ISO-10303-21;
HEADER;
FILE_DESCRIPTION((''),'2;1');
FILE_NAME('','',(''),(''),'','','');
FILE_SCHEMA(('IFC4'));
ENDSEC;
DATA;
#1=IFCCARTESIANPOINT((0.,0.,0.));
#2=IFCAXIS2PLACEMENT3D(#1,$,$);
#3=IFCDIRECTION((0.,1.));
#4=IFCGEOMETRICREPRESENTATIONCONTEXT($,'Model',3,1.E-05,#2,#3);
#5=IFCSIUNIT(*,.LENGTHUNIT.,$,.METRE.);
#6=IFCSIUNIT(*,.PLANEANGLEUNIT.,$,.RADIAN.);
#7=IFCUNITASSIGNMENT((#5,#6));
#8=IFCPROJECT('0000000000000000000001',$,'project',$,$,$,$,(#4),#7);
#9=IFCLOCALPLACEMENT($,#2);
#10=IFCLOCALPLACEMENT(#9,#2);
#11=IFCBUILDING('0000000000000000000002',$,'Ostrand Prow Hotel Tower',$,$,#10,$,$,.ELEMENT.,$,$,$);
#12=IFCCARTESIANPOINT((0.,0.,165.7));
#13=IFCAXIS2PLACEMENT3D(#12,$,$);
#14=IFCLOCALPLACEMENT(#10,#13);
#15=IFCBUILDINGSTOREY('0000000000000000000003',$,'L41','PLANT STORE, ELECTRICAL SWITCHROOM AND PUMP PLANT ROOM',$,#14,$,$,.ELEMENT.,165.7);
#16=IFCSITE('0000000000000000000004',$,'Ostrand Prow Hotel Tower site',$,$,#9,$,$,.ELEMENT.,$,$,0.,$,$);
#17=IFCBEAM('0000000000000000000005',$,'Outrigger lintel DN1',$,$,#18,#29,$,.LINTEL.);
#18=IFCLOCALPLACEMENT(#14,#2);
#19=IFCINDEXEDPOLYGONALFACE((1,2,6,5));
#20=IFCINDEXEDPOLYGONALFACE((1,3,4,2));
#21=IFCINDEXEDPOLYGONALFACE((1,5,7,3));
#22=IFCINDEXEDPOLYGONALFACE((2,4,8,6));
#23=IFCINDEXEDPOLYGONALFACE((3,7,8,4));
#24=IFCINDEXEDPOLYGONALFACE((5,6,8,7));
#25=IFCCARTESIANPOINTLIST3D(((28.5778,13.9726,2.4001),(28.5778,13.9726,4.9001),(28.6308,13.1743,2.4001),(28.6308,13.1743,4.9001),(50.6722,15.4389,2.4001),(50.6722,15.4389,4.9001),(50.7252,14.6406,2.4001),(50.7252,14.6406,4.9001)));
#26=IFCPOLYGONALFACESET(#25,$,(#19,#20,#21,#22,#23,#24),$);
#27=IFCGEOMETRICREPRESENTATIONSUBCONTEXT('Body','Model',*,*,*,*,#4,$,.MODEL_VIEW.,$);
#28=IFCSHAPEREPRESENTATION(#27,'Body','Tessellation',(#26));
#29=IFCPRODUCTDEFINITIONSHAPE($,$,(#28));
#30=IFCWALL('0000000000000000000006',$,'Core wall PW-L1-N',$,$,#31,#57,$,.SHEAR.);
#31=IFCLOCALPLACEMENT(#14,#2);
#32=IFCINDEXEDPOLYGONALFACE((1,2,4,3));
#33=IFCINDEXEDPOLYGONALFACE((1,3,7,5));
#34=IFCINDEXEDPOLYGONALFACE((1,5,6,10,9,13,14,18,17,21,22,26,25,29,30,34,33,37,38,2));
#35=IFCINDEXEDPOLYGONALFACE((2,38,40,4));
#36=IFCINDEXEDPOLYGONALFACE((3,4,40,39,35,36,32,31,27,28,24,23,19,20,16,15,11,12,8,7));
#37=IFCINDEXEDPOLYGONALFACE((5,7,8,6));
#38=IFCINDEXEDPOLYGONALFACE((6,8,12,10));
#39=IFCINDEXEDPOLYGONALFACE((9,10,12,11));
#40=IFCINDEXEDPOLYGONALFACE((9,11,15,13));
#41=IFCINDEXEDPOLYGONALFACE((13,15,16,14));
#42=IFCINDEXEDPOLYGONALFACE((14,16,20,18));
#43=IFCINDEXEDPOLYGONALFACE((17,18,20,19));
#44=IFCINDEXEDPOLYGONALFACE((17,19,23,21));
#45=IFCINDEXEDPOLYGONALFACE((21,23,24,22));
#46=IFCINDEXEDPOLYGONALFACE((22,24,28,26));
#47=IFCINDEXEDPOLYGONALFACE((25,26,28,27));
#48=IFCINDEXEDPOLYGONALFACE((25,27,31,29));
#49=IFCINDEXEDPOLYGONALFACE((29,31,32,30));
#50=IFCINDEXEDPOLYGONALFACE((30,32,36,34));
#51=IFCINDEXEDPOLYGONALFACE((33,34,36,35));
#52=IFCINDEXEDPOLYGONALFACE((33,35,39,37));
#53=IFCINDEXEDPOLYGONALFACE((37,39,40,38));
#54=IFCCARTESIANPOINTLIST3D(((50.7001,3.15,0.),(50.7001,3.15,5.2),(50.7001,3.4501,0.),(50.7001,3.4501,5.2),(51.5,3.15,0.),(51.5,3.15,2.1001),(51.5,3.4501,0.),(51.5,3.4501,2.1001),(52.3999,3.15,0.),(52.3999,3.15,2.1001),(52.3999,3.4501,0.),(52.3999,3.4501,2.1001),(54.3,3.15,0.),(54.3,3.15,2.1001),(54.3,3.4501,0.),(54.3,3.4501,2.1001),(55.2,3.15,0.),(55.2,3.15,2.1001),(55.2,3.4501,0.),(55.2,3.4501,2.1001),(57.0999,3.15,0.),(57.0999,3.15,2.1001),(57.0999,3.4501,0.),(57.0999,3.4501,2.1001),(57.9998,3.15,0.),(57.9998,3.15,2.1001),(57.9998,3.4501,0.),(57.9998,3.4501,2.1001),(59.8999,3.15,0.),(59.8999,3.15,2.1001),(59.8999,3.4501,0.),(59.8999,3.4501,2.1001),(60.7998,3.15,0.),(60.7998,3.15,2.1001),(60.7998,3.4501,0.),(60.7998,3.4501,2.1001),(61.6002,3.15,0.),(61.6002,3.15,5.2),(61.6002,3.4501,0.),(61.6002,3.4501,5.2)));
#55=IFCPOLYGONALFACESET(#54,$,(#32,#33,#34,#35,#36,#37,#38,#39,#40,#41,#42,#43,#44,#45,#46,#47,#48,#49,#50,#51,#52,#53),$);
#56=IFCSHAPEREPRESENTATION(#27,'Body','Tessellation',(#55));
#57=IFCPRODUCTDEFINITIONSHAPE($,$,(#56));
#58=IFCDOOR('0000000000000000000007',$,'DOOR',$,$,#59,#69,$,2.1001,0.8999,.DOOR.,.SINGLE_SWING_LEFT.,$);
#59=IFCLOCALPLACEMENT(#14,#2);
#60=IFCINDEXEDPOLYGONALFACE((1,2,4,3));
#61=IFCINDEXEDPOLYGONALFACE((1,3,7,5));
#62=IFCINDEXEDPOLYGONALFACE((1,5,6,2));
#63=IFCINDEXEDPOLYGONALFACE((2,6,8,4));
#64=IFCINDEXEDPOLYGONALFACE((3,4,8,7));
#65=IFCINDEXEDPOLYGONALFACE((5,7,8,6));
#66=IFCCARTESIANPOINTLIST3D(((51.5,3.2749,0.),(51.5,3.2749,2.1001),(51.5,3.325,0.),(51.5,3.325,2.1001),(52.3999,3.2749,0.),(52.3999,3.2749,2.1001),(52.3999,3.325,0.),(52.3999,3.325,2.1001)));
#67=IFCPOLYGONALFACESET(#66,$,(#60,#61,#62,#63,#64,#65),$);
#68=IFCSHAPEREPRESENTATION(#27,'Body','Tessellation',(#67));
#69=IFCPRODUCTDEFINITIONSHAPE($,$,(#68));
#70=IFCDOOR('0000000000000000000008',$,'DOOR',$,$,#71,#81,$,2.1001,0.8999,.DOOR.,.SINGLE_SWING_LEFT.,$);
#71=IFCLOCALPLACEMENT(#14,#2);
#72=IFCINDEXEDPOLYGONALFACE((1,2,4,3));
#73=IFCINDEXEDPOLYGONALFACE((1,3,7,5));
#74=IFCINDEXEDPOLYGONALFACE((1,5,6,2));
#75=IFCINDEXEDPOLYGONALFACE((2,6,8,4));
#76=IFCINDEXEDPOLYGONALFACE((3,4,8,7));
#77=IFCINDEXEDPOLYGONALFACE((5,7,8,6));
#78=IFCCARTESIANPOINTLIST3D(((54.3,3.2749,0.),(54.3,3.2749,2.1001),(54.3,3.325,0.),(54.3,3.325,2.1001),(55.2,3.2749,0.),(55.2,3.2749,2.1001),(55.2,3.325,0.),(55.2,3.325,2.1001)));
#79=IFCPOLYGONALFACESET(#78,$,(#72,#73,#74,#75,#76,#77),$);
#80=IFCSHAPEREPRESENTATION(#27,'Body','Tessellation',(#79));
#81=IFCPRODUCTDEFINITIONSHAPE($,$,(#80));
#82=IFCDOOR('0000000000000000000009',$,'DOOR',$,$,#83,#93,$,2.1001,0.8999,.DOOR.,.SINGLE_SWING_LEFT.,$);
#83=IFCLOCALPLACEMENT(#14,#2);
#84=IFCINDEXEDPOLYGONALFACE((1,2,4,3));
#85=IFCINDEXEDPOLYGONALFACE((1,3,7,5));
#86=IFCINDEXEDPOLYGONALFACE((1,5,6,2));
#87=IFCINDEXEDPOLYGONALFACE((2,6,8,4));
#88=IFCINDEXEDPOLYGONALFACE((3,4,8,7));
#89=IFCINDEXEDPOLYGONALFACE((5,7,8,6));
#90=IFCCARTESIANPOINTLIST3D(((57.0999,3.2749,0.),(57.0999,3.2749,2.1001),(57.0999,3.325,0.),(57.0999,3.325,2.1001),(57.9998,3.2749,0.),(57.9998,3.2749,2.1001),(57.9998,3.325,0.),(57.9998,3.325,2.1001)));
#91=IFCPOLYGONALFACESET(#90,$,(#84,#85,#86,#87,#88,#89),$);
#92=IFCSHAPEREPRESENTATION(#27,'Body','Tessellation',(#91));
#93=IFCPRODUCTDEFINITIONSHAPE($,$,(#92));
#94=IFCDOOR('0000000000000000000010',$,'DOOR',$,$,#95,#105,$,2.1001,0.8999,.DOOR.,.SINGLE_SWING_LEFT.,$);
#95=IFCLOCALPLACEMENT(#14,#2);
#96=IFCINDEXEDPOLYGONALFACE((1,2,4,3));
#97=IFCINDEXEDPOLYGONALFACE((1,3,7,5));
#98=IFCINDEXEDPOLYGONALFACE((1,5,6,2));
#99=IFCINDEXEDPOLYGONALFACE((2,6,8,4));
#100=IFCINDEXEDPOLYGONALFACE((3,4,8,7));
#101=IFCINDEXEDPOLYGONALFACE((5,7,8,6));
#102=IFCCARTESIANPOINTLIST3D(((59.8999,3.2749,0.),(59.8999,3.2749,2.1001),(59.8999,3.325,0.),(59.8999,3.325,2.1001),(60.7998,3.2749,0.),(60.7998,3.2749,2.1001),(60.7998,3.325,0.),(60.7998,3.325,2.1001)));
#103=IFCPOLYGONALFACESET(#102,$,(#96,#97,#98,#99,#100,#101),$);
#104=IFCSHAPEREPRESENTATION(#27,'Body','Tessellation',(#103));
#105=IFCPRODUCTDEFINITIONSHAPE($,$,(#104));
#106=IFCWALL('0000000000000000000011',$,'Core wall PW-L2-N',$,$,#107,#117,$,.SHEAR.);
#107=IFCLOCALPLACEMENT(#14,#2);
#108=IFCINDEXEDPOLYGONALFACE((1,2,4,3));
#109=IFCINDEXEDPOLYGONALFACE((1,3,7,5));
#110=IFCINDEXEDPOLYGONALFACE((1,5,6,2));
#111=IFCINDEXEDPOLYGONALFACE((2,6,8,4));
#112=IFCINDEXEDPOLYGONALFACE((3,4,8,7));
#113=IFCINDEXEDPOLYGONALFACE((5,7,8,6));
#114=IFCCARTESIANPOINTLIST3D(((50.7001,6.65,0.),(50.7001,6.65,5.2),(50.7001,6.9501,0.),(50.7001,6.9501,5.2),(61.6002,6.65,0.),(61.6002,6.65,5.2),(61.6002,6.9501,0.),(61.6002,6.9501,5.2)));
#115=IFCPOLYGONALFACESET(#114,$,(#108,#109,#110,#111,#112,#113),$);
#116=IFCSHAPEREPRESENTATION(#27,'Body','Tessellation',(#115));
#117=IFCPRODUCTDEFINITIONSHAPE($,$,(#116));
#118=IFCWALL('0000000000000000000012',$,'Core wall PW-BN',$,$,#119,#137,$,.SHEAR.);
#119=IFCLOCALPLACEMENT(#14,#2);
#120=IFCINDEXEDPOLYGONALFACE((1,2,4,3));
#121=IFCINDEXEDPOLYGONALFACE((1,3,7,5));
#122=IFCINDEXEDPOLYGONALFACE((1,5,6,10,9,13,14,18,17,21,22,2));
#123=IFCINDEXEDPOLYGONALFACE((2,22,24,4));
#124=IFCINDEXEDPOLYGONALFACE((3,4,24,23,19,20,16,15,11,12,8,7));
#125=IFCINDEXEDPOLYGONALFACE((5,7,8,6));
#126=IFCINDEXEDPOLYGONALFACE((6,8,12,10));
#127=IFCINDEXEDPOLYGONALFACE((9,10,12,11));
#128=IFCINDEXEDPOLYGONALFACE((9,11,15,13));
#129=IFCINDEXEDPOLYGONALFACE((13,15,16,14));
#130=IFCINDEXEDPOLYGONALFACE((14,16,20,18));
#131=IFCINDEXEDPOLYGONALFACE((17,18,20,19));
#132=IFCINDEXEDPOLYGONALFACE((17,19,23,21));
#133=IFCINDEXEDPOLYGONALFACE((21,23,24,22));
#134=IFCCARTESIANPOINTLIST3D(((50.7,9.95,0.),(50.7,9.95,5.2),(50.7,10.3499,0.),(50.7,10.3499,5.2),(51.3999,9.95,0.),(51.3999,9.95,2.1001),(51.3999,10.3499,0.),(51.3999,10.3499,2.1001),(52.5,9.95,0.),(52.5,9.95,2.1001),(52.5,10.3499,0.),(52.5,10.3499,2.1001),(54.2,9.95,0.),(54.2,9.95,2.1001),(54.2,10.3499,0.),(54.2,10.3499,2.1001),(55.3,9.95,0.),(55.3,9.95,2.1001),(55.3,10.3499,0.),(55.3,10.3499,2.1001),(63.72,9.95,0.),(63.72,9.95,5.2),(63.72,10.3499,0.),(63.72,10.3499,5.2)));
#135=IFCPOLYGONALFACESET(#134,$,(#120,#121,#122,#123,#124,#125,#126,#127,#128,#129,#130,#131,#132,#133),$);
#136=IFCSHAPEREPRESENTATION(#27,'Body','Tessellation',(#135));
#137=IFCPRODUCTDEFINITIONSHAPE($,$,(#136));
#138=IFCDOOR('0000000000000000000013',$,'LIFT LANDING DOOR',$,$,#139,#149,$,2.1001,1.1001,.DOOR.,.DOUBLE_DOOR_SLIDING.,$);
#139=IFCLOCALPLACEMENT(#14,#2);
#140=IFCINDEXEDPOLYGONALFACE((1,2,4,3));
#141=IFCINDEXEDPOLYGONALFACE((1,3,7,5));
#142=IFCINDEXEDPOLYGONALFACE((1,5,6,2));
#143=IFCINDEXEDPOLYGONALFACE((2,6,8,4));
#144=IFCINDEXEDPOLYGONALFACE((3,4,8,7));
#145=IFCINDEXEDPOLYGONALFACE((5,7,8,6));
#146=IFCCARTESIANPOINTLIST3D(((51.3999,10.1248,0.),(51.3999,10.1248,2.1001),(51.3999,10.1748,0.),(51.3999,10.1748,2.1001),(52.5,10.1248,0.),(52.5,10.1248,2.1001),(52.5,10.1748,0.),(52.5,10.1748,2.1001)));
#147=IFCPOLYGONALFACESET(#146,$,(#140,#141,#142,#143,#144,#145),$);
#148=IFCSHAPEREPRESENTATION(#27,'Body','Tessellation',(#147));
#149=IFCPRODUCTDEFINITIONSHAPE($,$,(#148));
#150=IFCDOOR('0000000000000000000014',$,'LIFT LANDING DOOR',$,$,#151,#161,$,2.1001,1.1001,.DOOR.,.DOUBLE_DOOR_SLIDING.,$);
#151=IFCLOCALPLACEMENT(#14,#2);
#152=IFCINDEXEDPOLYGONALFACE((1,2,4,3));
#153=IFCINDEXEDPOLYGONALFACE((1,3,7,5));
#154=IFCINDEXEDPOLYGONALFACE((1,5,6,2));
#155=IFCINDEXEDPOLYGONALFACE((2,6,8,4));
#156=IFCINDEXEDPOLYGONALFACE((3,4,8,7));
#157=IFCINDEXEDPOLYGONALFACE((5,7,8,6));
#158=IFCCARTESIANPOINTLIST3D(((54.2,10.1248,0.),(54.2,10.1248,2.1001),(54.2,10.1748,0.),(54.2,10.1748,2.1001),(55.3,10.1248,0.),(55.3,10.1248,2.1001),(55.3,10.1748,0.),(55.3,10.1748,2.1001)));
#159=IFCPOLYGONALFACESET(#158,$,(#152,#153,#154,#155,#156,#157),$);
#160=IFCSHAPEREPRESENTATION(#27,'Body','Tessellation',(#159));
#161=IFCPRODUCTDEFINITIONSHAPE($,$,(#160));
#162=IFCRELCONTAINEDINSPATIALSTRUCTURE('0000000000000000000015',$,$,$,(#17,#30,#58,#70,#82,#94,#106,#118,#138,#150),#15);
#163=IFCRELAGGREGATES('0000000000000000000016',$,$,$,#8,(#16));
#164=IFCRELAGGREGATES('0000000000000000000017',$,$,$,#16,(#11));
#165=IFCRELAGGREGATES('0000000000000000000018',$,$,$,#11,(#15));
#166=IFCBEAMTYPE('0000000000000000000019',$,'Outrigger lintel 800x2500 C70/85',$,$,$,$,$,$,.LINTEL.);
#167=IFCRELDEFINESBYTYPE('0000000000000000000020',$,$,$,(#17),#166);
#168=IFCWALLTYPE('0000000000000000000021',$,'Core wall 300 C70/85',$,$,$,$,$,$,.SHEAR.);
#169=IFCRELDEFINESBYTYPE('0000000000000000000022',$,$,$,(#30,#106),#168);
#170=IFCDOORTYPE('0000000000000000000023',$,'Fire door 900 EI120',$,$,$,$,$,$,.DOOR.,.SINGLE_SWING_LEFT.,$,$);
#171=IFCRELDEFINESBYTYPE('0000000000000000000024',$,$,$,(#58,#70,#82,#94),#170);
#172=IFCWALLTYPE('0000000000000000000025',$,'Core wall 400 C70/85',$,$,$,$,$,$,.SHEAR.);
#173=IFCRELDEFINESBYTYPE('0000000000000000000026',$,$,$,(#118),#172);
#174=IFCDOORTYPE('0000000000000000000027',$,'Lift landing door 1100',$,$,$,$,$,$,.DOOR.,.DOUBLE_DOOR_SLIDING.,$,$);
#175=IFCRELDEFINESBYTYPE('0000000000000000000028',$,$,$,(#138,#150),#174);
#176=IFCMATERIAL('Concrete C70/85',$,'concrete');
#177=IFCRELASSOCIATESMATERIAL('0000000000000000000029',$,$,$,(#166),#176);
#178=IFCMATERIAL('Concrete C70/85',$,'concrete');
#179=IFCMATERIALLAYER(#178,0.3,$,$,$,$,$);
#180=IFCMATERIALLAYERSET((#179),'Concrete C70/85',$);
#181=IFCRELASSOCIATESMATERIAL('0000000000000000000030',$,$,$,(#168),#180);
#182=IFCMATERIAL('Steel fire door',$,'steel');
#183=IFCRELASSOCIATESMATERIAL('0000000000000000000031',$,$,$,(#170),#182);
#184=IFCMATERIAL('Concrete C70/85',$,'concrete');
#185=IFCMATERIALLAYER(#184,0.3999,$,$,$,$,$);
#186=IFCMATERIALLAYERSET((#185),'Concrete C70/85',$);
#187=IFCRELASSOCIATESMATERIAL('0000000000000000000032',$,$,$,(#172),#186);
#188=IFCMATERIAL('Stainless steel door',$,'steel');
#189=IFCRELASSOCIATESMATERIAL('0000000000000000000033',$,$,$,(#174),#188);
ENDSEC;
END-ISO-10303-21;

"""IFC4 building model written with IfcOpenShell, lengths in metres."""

from ifc_helpers import new_model, si_unit, direction, frame, frame_2d, origin, origin_2d, place, context, subcontext, project, spatial, rectangle, extrude, material, layer, layer_set, material_profile, profile_set, type_object, element, fill, save


model = new_model("IFC4")

# Units and contexts
model_context = context("Model", 3, precision=1e-05, world=origin(), true_north=direction((0.0, 1.0)))
body_context = subcontext(model_context, "Body", "Model", "MODEL_VIEW")
ifc_project = project(units=[si_unit("LENGTHUNIT", "METRE"), si_unit("PLANEANGLEUNIT", "RADIAN")], contexts=[model_context])

# Site, building, storey
site_placement = place(None, origin())
site = spatial("IfcSite", under=ifc_project, at=site_placement, Name="Ostrand Prow Hotel Tower site", CompositionType="ELEMENT", RefElevation=0.0)
building_placement = place(site_placement, origin())
building = spatial("IfcBuilding", under=site, at=building_placement, Name="Ostrand Prow Hotel Tower", CompositionType="ELEMENT")
storey_placement = place(building_placement, frame((0.0, 0.0, 165.7)))
storey = spatial("IfcBuildingStorey", under=building, at=storey_placement, Name="L41", Description="PLANT STORE, ELECTRICAL SWITCHROOM AND PUMP PLANT ROOM", CompositionType="ELEMENT", Elevation=165.7)

# Beam
ifc_material_1 = material(Name="Concrete C70/85", Category="concrete")
ifc_material_profile = material_profile(ifc_material_1, rectangle(XDim=0.8, YDim=2.5, at=origin_2d()), Name="RC 800x2500")
ifc_profile_set = profile_set([ifc_material_profile], Name="Concrete C70/85")
beam_type = type_object("IfcBeamType", Name="Outrigger lintel 800x2500 C70/85", PredefinedType="LINTEL", material=ifc_profile_set)
beam_placement = place(storey_placement, frame((50.6987, 15.0398, 3.6501), z_axis=(-0.997805, -0.06622, 0.0), x_axis=(0.06622, -0.997805, 0.0)))
element("IfcBeam", 1, at=beam_placement, inside=storey, type_object=beam_type, Name="Outrigger lintel DN1", PredefinedType="LINTEL", context=body_context, shape_type="SweptSolid", body=[
    extrude(rectangle(XDim=0.8, YDim=2.5, at=origin_2d()), origin(), (0.0, 0.0, 1.0), 22.1431),
])

# Wall, openings, doors
ifc_material_2 = material(Name="Concrete C70/85", Category="concrete")
ifc_layer_1 = layer(ifc_material_2, 0.3)
ifc_layer_set_1 = layer_set([ifc_layer_1], Name="Concrete C70/85")
wall_type_1 = type_object("IfcWallType", Name="Core wall 300 C70/85", PredefinedType="SHEAR", material=ifc_layer_set_1)
wall_1_placement = place(storey_placement, frame((50.7, 3.3, 0.0), z_axis=(0.0, 0.0, 1.0), x_axis=(1.0, 0.0, 0.0)))
wall_1 = element("IfcWall", 2, at=wall_1_placement, inside=storey, type_object=wall_type_1, Name="Core wall PW-L1-N", PredefinedType="SHEAR", context=body_context, shape_type="SweptSolid", body=[
    extrude(rectangle(XDim=10.9001, YDim=0.3, at=frame_2d((5.4502, 0.0))), origin(), (0.0, 0.0, 1.0), 5.2),
])
opening_1_placement = place(wall_1_placement, frame((0.8, 0.0, 0.0)))
opening_1 = element("IfcOpeningElement", 3, at=opening_1_placement, cuts=wall_1, PredefinedType="OPENING", context=body_context, shape_type="SweptSolid", body=[
    extrude(rectangle(XDim=0.8999, YDim=2.1001, at=frame_2d((0.45, 1.05))), frame((0.0, 0.1599, 0.0), z_axis=(0.0, -1.0, 0.0), x_axis=(1.0, 0.0, 0.0)), (0.0, 0.0, 1.0), 0.3201),
])
opening_2_placement = place(wall_1_placement, frame((3.6001, 0.0, 0.0)))
opening_2 = element("IfcOpeningElement", 4, at=opening_2_placement, cuts=wall_1, PredefinedType="OPENING", context=body_context, shape_type="SweptSolid", body=[
    extrude(rectangle(XDim=0.8999, YDim=2.1001, at=frame_2d((0.45, 1.05))), frame((0.0, 0.1599, 0.0), z_axis=(0.0, -1.0, 0.0), x_axis=(1.0, 0.0, 0.0)), (0.0, 0.0, 1.0), 0.3201),
])
opening_3_placement = place(wall_1_placement, frame((6.3999, 0.0, 0.0)))
opening_3 = element("IfcOpeningElement", 5, at=opening_3_placement, cuts=wall_1, PredefinedType="OPENING", context=body_context, shape_type="SweptSolid", body=[
    extrude(rectangle(XDim=0.8999, YDim=2.1001, at=frame_2d((0.45, 1.05))), frame((0.0, 0.1599, 0.0), z_axis=(0.0, -1.0, 0.0), x_axis=(1.0, 0.0, 0.0)), (0.0, 0.0, 1.0), 0.3201),
])
opening_4_placement = place(wall_1_placement, frame((9.2, 0.0, 0.0)))
opening_4 = element("IfcOpeningElement", 6, at=opening_4_placement, cuts=wall_1, PredefinedType="OPENING", context=body_context, shape_type="SweptSolid", body=[
    extrude(rectangle(XDim=0.8999, YDim=2.1001, at=frame_2d((0.45, 1.05))), frame((0.0, 0.1599, 0.0), z_axis=(0.0, -1.0, 0.0), x_axis=(1.0, 0.0, 0.0)), (0.0, 0.0, 1.0), 0.3201),
])
ifc_material_3 = material(Name="Steel fire door", Category="steel")
door_type_1 = type_object("IfcDoorType", Name="Fire door 900 EI120", OperationType="SINGLE_SWING_LEFT", PredefinedType="DOOR", material=ifc_material_3)
door_1_placement = place(opening_1_placement, origin())
door_1 = element("IfcDoor", 7, at=door_1_placement, inside=storey, type_object=door_type_1, Name="DOOR", OperationType="SINGLE_SWING_LEFT", OverallHeight=2.1001, OverallWidth=0.8999, PredefinedType="DOOR", context=body_context, shape_type="SweptSolid", body=[
    extrude(rectangle(XDim=0.8999, YDim=2.1001, at=frame_2d((0.45, 1.05))), frame((0.0, 0.0249, 0.0), z_axis=(0.0, -1.0, 0.0), x_axis=(1.0, 0.0, 0.0)), (0.0, 0.0, 1.0), 0.05),
])
fill(opening_1, door_1)
door_2_placement = place(opening_2_placement, origin())
door_2 = element("IfcDoor", 8, at=door_2_placement, inside=storey, type_object=door_type_1, Name="DOOR", OperationType="SINGLE_SWING_LEFT", OverallHeight=2.1001, OverallWidth=0.8999, PredefinedType="DOOR", context=body_context, shape_type="SweptSolid", body=[
    extrude(rectangle(XDim=0.8999, YDim=2.1001, at=frame_2d((0.45, 1.05))), frame((0.0, 0.0249, 0.0), z_axis=(0.0, -1.0, 0.0), x_axis=(1.0, 0.0, 0.0)), (0.0, 0.0, 1.0), 0.05),
])
fill(opening_2, door_2)
door_3_placement = place(opening_3_placement, origin())
door_3 = element("IfcDoor", 9, at=door_3_placement, inside=storey, type_object=door_type_1, Name="DOOR", OperationType="SINGLE_SWING_LEFT", OverallHeight=2.1001, OverallWidth=0.8999, PredefinedType="DOOR", context=body_context, shape_type="SweptSolid", body=[
    extrude(rectangle(XDim=0.8999, YDim=2.1001, at=frame_2d((0.45, 1.05))), frame((0.0, 0.0249, 0.0), z_axis=(0.0, -1.0, 0.0), x_axis=(1.0, 0.0, 0.0)), (0.0, 0.0, 1.0), 0.05),
])
fill(opening_3, door_3)
door_4_placement = place(opening_4_placement, origin())
door_4 = element("IfcDoor", 10, at=door_4_placement, inside=storey, type_object=door_type_1, Name="DOOR", OperationType="SINGLE_SWING_LEFT", OverallHeight=2.1001, OverallWidth=0.8999, PredefinedType="DOOR", context=body_context, shape_type="SweptSolid", body=[
    extrude(rectangle(XDim=0.8999, YDim=2.1001, at=frame_2d((0.45, 1.05))), frame((0.0, 0.0249, 0.0), z_axis=(0.0, -1.0, 0.0), x_axis=(1.0, 0.0, 0.0)), (0.0, 0.0, 1.0), 0.05),
])
fill(opening_4, door_4)

# Wall
wall_2_placement = place(storey_placement, frame((50.7, 6.8, 0.0), z_axis=(0.0, 0.0, 1.0), x_axis=(1.0, 0.0, 0.0)))
element("IfcWall", 11, at=wall_2_placement, inside=storey, type_object=wall_type_1, Name="Core wall PW-L2-N", PredefinedType="SHEAR", context=body_context, shape_type="SweptSolid", body=[
    extrude(rectangle(XDim=10.9001, YDim=0.3, at=frame_2d((5.4502, 0.0))), origin(), (0.0, 0.0, 1.0), 5.2),
])

# Wall, openings, doors
ifc_material_4 = material(Name="Concrete C70/85", Category="concrete")
ifc_layer_2 = layer(ifc_material_4, 0.3999)
ifc_layer_set_2 = layer_set([ifc_layer_2], Name="Concrete C70/85")
wall_type_2 = type_object("IfcWallType", Name="Core wall 400 C70/85", PredefinedType="SHEAR", material=ifc_layer_set_2)
wall_3_placement = place(storey_placement, frame((50.7, 10.1499, 0.0), z_axis=(0.0, 0.0, 1.0), x_axis=(1.0, 0.0, 0.0)))
wall_3 = element("IfcWall", 12, at=wall_3_placement, inside=storey, type_object=wall_type_2, Name="Core wall PW-BN", PredefinedType="SHEAR", context=body_context, shape_type="SweptSolid", body=[
    extrude(rectangle(XDim=13.02, YDim=0.3999, at=frame_2d((6.51, 0.0))), origin(), (0.0, 0.0, 1.0), 5.2),
])
opening_5_placement = place(wall_3_placement, frame((0.7, 0.0, 0.0)))
opening_5 = element("IfcOpeningElement", 13, at=opening_5_placement, cuts=wall_3, PredefinedType="OPENING", context=body_context, shape_type="SweptSolid", body=[
    extrude(rectangle(XDim=1.1001, YDim=2.1001, at=frame_2d((0.55, 1.05))), frame((0.0, 0.21, 0.0), z_axis=(0.0, -1.0, 0.0), x_axis=(1.0, 0.0, 0.0)), (0.0, 0.0, 1.0), 0.4199),
])
opening_6_placement = place(wall_3_placement, frame((3.5, 0.0, 0.0)))
opening_6 = element("IfcOpeningElement", 14, at=opening_6_placement, cuts=wall_3, PredefinedType="OPENING", context=body_context, shape_type="SweptSolid", body=[
    extrude(rectangle(XDim=1.1001, YDim=2.1001, at=frame_2d((0.55, 1.05))), frame((0.0, 0.21, 0.0), z_axis=(0.0, -1.0, 0.0), x_axis=(1.0, 0.0, 0.0)), (0.0, 0.0, 1.0), 0.4199),
])
ifc_material_5 = material(Name="Stainless steel door", Category="steel")
door_type_2 = type_object("IfcDoorType", Name="Lift landing door 1100", OperationType="DOUBLE_DOOR_SLIDING", PredefinedType="DOOR", material=ifc_material_5)
door_5_placement = place(opening_5_placement, origin())
door_5 = element("IfcDoor", 15, at=door_5_placement, inside=storey, type_object=door_type_2, Name="LIFT LANDING DOOR", OperationType="DOUBLE_DOOR_SLIDING", OverallHeight=2.1001, OverallWidth=1.1001, PredefinedType="DOOR", context=body_context, shape_type="SweptSolid", body=[
    extrude(rectangle(XDim=1.1001, YDim=2.1001, at=frame_2d((0.55, 1.05))), frame((0.0, 0.0249, 0.0), z_axis=(0.0, -1.0, 0.0), x_axis=(1.0, 0.0, 0.0)), (0.0, 0.0, 1.0), 0.05),
])
fill(opening_5, door_5)
door_6_placement = place(opening_6_placement, origin())
door_6 = element("IfcDoor", 16, at=door_6_placement, inside=storey, type_object=door_type_2, Name="LIFT LANDING DOOR", OperationType="DOUBLE_DOOR_SLIDING", OverallHeight=2.1001, OverallWidth=1.1001, PredefinedType="DOOR", context=body_context, shape_type="SweptSolid", body=[
    extrude(rectangle(XDim=1.1001, YDim=2.1001, at=frame_2d((0.55, 1.05))), frame((0.0, 0.0249, 0.0), z_axis=(0.0, -1.0, 0.0), x_axis=(1.0, 0.0, 0.0)), (0.0, 0.0, 1.0), 0.05),
])
fill(opening_6, door_6)

save(model, "model.ifc")
